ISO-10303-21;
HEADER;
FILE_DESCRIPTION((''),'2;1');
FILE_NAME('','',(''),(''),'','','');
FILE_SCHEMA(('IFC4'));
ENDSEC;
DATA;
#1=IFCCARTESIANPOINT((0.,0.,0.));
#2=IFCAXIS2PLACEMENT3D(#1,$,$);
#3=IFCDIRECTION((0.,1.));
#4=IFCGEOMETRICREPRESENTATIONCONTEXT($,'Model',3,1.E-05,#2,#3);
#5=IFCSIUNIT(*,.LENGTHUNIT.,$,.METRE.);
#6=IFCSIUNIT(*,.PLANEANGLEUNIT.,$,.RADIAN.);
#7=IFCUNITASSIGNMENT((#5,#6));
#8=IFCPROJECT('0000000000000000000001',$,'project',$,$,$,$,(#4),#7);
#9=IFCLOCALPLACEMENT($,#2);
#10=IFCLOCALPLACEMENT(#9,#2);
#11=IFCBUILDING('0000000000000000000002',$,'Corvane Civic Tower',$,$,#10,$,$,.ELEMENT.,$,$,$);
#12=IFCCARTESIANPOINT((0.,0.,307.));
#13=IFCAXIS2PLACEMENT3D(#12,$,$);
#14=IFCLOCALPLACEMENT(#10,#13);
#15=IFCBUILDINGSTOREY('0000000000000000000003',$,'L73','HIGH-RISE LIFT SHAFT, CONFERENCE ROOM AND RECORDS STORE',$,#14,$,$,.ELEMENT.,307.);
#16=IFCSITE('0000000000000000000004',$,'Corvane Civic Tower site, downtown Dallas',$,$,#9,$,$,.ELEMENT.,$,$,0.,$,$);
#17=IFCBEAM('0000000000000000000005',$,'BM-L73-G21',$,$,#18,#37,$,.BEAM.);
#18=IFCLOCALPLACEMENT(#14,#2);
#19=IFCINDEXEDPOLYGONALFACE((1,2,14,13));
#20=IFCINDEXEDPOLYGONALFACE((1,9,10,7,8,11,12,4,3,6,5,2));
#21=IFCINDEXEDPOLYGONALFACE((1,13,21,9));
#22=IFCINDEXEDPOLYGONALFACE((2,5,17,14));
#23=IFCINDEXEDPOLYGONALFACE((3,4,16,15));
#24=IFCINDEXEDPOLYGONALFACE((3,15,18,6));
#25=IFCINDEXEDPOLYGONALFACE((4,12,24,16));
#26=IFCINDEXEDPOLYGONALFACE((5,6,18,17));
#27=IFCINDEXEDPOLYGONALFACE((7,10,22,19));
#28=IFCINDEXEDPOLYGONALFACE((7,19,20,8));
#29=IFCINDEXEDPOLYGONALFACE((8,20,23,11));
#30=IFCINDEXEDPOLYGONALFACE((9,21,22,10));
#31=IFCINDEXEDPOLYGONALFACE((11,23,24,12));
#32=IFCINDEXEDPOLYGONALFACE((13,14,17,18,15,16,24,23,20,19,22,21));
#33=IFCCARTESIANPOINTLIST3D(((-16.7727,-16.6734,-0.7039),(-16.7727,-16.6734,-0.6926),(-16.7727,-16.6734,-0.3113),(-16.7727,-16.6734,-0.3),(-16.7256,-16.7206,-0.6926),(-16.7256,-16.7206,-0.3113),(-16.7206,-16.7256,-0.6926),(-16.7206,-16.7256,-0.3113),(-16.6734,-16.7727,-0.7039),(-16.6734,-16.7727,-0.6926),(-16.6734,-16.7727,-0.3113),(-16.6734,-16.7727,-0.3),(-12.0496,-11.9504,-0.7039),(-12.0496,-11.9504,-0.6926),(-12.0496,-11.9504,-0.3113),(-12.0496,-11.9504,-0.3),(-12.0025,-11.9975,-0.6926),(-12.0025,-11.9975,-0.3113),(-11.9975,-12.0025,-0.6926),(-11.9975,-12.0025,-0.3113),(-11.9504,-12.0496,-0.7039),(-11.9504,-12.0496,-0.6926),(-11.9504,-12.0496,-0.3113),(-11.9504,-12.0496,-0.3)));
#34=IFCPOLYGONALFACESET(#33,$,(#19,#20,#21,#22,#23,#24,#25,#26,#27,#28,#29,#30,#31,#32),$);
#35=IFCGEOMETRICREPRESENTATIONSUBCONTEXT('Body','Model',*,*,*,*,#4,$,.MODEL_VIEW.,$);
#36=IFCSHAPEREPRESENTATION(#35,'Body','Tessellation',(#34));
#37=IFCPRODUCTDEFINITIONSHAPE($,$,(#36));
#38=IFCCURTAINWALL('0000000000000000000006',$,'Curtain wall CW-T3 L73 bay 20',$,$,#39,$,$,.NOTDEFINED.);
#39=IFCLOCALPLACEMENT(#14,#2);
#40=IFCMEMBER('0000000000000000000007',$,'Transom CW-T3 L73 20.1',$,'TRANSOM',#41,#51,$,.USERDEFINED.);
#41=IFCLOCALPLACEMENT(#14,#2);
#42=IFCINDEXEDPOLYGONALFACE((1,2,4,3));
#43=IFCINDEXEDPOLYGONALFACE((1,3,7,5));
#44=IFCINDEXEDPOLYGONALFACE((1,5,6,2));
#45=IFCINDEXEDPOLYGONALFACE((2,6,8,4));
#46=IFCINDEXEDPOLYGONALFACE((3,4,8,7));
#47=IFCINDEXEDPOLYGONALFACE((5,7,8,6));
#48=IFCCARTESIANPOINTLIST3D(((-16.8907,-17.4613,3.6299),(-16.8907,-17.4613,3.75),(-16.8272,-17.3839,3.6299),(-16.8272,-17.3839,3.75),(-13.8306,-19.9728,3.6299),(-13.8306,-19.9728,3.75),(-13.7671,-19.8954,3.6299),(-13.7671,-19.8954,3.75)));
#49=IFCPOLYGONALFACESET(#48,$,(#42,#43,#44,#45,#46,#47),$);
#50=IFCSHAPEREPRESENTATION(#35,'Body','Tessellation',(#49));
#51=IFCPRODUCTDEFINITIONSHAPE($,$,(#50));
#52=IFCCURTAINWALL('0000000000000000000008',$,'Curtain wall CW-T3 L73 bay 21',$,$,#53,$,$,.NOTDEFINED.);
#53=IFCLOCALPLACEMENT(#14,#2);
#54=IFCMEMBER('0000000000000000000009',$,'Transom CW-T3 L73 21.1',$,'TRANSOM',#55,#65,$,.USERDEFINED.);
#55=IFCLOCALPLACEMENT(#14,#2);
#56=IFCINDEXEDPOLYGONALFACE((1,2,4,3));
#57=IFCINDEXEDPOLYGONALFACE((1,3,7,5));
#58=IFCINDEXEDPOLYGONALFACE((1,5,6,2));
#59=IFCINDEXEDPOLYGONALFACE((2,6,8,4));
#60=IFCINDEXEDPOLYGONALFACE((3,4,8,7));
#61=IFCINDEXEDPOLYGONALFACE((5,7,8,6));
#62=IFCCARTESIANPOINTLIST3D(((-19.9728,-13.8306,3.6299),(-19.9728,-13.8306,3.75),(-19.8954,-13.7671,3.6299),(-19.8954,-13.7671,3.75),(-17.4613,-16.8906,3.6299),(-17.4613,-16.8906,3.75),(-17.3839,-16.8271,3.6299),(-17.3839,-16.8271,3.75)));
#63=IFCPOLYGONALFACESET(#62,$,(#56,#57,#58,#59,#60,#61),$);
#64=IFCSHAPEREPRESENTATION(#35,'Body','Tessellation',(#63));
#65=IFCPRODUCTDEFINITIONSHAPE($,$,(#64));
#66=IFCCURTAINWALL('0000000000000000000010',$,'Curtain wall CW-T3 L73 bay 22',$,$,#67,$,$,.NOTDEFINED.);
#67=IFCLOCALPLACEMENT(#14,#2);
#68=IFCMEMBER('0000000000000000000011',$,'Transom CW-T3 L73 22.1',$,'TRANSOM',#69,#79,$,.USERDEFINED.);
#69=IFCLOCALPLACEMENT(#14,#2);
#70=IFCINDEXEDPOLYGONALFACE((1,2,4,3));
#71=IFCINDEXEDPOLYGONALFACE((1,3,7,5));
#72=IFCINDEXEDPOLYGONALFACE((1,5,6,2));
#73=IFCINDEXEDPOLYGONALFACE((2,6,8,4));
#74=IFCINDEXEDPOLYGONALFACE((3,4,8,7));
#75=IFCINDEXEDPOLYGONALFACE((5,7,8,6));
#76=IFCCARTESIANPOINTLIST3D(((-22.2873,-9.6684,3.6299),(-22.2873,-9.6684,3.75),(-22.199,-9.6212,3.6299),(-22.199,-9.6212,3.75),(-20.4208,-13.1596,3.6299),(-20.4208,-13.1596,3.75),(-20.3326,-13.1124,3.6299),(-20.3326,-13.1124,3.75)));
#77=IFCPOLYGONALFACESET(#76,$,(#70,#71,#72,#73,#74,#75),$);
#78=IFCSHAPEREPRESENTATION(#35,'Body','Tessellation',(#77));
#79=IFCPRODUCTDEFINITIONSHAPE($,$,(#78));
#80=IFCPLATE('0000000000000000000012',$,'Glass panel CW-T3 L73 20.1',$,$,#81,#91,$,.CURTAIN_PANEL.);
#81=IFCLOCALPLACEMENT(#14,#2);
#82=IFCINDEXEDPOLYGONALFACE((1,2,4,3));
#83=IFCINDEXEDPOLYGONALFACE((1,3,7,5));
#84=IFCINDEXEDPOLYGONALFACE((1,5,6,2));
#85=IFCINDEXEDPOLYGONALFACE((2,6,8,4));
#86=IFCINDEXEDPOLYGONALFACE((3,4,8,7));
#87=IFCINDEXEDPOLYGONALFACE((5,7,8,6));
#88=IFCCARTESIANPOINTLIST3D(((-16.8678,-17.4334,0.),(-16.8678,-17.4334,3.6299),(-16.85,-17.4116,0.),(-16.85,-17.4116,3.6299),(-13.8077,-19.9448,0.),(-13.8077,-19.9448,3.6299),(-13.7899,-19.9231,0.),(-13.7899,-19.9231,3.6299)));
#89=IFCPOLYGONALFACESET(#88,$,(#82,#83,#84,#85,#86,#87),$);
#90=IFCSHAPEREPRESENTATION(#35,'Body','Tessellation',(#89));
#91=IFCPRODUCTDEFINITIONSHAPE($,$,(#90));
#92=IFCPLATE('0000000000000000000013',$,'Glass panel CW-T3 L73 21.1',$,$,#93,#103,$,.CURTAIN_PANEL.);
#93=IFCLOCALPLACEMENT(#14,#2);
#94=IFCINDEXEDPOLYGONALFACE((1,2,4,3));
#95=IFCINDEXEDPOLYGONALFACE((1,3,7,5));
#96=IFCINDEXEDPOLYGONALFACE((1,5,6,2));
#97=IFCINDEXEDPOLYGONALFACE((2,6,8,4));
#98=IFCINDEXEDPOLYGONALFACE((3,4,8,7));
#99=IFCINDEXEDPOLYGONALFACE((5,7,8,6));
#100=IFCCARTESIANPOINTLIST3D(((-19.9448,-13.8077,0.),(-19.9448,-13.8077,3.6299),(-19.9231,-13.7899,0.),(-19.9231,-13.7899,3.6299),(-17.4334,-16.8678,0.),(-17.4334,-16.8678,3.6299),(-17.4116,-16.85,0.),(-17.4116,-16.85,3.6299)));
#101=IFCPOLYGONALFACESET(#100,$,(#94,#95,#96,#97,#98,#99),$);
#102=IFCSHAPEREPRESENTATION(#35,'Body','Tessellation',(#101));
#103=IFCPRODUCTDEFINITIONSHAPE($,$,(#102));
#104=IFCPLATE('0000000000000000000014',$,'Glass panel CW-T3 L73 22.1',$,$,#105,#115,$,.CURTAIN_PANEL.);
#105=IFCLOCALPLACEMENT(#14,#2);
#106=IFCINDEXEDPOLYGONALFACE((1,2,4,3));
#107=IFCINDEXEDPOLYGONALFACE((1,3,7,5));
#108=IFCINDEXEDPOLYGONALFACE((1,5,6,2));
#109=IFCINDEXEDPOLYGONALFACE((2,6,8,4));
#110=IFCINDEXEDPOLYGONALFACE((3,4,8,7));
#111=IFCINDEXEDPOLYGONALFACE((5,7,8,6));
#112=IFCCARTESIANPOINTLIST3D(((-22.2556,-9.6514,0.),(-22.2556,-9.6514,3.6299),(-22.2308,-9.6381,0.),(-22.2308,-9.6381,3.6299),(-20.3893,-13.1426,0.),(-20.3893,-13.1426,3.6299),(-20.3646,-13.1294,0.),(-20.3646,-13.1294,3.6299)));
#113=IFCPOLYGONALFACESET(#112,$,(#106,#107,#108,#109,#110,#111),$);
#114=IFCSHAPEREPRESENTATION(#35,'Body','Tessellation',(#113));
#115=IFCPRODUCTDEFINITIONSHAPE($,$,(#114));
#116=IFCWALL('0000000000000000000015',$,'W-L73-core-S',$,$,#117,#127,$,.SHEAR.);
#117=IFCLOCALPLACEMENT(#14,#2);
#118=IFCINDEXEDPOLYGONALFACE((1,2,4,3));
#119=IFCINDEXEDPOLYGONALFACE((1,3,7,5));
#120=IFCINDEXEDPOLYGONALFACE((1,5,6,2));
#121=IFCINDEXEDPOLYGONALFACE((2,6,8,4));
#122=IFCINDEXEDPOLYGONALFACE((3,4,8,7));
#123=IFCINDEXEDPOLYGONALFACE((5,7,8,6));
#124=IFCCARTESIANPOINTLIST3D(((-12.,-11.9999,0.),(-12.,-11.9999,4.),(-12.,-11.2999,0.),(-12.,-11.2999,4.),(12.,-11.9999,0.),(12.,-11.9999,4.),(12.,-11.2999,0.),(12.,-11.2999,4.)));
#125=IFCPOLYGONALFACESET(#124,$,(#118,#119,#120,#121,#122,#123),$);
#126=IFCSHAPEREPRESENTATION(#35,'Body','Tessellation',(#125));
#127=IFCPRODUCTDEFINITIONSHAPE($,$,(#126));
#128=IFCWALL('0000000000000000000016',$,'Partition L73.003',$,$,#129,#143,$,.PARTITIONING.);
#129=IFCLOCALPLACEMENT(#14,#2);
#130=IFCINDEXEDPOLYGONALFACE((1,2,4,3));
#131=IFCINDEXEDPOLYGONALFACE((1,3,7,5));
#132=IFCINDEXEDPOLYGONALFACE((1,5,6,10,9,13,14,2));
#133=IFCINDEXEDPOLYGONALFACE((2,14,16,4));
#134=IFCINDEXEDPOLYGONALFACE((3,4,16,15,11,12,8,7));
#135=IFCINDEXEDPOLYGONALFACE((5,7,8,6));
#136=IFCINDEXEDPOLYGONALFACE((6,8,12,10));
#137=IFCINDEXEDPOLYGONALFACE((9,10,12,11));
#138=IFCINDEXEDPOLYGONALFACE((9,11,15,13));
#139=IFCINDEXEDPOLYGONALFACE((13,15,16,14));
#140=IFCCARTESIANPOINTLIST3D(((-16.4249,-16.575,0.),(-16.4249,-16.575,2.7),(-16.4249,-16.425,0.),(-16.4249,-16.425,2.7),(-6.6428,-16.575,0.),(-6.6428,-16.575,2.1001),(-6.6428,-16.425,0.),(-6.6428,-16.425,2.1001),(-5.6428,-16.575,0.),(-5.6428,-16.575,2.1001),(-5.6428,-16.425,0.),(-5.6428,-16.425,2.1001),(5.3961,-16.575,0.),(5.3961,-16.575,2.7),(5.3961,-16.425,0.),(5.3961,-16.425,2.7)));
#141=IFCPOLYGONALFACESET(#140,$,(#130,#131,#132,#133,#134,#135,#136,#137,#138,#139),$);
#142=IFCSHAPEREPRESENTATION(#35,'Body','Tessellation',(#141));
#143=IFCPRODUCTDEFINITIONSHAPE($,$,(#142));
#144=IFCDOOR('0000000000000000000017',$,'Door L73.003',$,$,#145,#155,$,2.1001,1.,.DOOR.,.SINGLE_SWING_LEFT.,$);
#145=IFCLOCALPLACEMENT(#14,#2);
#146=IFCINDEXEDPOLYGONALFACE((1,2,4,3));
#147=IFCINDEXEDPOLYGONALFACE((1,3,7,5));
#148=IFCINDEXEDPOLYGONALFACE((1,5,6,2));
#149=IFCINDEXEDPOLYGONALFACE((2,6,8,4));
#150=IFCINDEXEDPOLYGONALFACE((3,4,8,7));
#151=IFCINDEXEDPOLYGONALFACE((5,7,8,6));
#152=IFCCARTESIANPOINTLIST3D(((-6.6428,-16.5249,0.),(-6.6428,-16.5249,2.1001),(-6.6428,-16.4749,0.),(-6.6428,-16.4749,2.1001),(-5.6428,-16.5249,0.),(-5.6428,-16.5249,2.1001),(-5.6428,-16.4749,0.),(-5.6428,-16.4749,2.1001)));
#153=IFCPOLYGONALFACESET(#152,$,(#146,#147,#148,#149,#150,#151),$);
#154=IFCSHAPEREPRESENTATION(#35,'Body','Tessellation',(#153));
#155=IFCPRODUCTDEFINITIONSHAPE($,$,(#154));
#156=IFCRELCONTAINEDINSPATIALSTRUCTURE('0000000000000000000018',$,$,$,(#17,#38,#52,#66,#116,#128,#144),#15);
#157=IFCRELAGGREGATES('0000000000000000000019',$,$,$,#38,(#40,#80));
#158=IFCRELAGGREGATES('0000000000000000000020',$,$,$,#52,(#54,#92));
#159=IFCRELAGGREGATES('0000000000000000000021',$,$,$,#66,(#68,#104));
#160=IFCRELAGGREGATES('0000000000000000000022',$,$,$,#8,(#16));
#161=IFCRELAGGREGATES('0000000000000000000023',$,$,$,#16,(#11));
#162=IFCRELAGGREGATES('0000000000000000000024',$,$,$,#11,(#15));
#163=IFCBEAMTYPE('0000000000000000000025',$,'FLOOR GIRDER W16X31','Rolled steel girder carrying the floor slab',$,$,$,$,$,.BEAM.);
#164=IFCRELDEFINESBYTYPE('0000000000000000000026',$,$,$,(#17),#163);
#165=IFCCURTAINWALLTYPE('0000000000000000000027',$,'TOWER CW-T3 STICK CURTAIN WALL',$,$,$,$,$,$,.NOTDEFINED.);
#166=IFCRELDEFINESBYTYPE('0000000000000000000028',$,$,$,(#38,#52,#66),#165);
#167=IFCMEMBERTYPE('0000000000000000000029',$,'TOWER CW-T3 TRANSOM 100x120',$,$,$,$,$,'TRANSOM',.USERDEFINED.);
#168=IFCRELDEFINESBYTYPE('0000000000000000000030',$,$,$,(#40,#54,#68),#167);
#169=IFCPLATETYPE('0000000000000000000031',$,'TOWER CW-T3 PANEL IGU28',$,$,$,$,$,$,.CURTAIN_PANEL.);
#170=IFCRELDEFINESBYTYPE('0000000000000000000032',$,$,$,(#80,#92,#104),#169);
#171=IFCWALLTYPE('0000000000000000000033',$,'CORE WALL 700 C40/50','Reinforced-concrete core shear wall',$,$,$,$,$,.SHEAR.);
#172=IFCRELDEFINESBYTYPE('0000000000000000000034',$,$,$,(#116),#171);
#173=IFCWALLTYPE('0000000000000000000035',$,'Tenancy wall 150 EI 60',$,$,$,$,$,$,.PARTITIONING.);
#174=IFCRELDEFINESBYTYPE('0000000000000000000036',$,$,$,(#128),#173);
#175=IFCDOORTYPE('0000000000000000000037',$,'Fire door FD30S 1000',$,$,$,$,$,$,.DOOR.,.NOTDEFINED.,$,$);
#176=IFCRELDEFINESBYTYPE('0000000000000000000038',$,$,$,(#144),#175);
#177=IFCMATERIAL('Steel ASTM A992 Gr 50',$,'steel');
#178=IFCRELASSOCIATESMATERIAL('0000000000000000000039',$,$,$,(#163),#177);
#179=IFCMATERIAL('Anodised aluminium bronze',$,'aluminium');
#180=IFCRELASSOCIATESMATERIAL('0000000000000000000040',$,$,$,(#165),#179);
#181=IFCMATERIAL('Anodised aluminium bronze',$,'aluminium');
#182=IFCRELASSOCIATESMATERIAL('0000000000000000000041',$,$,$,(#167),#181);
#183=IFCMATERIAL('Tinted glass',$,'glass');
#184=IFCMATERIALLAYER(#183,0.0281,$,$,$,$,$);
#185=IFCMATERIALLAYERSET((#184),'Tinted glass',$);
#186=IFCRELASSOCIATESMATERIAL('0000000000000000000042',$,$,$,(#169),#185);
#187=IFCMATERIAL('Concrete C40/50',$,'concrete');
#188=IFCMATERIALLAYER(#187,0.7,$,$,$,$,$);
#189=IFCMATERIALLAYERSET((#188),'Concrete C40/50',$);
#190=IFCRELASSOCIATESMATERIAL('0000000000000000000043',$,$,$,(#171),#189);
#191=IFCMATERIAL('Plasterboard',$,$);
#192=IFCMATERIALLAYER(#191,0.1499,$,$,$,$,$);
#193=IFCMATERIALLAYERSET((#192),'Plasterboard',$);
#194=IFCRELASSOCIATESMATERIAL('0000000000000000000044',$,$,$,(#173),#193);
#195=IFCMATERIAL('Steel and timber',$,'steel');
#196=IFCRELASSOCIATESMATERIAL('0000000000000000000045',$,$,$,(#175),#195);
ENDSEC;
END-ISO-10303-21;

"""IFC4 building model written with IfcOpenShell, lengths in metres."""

from ifc_helpers import new_model, si_unit, direction, frame, frame_2d, origin, origin_2d, place, context, subcontext, project, spatial, rectangle, i_section, extrude, material, layer, layer_set, material_profile, profile_set, type_object, element, fill, aggregate, save


model = new_model("IFC4")

# Units and contexts
model_context = context("Model", 3, precision=1e-05, world=origin(), true_north=direction((0.0, 1.0)))
body_context = subcontext(model_context, "Body", "Model", "MODEL_VIEW")
ifc_project = project(units=[si_unit("LENGTHUNIT", "METRE"), si_unit("PLANEANGLEUNIT", "RADIAN")], contexts=[model_context])

# Site, building, storey
site_placement = place(None, origin())
site = spatial("IfcSite", under=ifc_project, at=site_placement, Name="Corvane Civic Tower site, downtown Dallas", CompositionType="ELEMENT", RefElevation=0.0)
building_placement = place(site_placement, origin())
building = spatial("IfcBuilding", under=site, at=building_placement, Name="Corvane Civic Tower", CompositionType="ELEMENT")
storey_placement = place(building_placement, frame((0.0, 0.0, 307.0)))
storey = spatial("IfcBuildingStorey", under=building, at=storey_placement, Name="L73", Description="HIGH-RISE LIFT SHAFT, CONFERENCE ROOM AND RECORDS STORE", CompositionType="ELEMENT", Elevation=307.0)

# Beam
ifc_material_1 = material(Name="Steel ASTM A992 Gr 50", Category="steel")
ifc_material_profile_1 = material_profile(ifc_material_1, i_section(OverallWidth=0.1404, OverallDepth=0.4038, WebThickness=0.0071, FlangeThickness=0.0112, at=origin_2d()), Name="W16X31")
ifc_profile_set_1 = profile_set([ifc_material_profile_1], Name="Steel ASTM A992 Gr 50")
beam_type_1 = type_object("IfcBeamType", Name="FLOOR GIRDER W16X31", Description="Rolled steel girder carrying the floor slab", PredefinedType="BEAM", material=ifc_profile_set_1)
beam_1_placement = place(storey_placement, frame((-12.0, -12.0, -0.502), z_axis=(-0.707107, -0.707107, 0.0), x_axis=(0.707107, -0.707107, 0.0)))
element("IfcBeam", 1, at=beam_1_placement, inside=storey, type_object=beam_type_1, Name="BM-L73-G21", PredefinedType="BEAM", context=body_context, shape_type="SweptSolid", body=[
    extrude(i_section(OverallWidth=0.1404, OverallDepth=0.4038, WebThickness=0.0071, FlangeThickness=0.0112, at=origin_2d()), origin(), (0.0, 0.0, 1.0), 6.6794),
])

# Curtain walls, members
ifc_material_2 = material(Name="Anodised aluminium bronze", Category="aluminium")
curtain_wall_type = type_object("IfcCurtainWallType", Name="TOWER CW-T3 STICK CURTAIN WALL", PredefinedType="NOTDEFINED", material=ifc_material_2)
curtain_wall_1_placement = place(storey_placement, origin())
curtain_wall_1 = element("IfcCurtainWall", 2, at=curtain_wall_1_placement, inside=storey, type_object=curtain_wall_type, Name="Curtain wall CW-T3 L73 bay 20", PredefinedType="NOTDEFINED")
ifc_material_3 = material(Name="Anodised aluminium bronze", Category="aluminium")
ifc_material_profile_2 = material_profile(ifc_material_3, rectangle(XDim=0.1001, YDim=0.1201, at=origin_2d()), Name="TOWER CW-T3 TRANSOM 100x120")
ifc_profile_set_2 = profile_set([ifc_material_profile_2], Name="Anodised aluminium bronze")
member_type = type_object("IfcMemberType", Name="TOWER CW-T3 TRANSOM 100x120", ElementType="TRANSOM", PredefinedType="USERDEFINED", material=ifc_profile_set_2)
member_1_placement = place(storey_placement, frame((-13.7988, -19.9341, 3.6899), z_axis=(-0.772992, 0.634416, 0.0), x_axis=(-0.634416, -0.772992, 0.0)))
member_1 = element("IfcMember", 3, at=member_1_placement, type_object=member_type, Name="Transom CW-T3 L73 20.1", ObjectType="TRANSOM", PredefinedType="USERDEFINED", context=body_context, shape_type="SweptSolid", body=[
    extrude(rectangle(XDim=0.1001, YDim=0.1201, at=origin_2d()), origin(), (0.0, 0.0, 1.0), 3.9587),
])
curtain_wall_2_placement = place(storey_placement, origin())
curtain_wall_2 = element("IfcCurtainWall", 4, at=curtain_wall_2_placement, inside=storey, type_object=curtain_wall_type, Name="Curtain wall CW-T3 L73 bay 21", PredefinedType="NOTDEFINED")
member_2_placement = place(storey_placement, frame((-17.4226, -16.8589, 3.6899), z_axis=(-0.634416, 0.772992, 0.0), x_axis=(-0.772992, -0.634416, 0.0)))
member_2 = element("IfcMember", 5, at=member_2_placement, type_object=member_type, Name="Transom CW-T3 L73 21.1", ObjectType="TRANSOM", PredefinedType="USERDEFINED", context=body_context, shape_type="SweptSolid", body=[
    extrude(rectangle(XDim=0.1001, YDim=0.1201, at=origin_2d()), origin(), (0.0, 0.0, 1.0), 3.9587),
])
curtain_wall_3_placement = place(storey_placement, origin())
curtain_wall_3 = element("IfcCurtainWall", 6, at=curtain_wall_3_placement, inside=storey, type_object=curtain_wall_type, Name="Curtain wall CW-T3 L73 bay 22", PredefinedType="NOTDEFINED")
member_3_placement = place(storey_placement, frame((-20.3767, -13.136, 3.6899), z_axis=(-0.471468, 0.881883, 0.0), x_axis=(-0.881883, -0.471468, 0.0)))
member_3 = element("IfcMember", 7, at=member_3_placement, type_object=member_type, Name="Transom CW-T3 L73 22.1", ObjectType="TRANSOM", PredefinedType="USERDEFINED", context=body_context, shape_type="SweptSolid", body=[
    extrude(rectangle(XDim=0.1001, YDim=0.1201, at=origin_2d()), origin(), (0.0, 0.0, 1.0), 3.9587),
])

# Plates
ifc_material_4 = material(Name="Tinted glass", Category="glass")
ifc_layer_1 = layer(ifc_material_4, 0.0281)
ifc_layer_set_1 = layer_set([ifc_layer_1], Name="Tinted glass")
plate_type = type_object("IfcPlateType", Name="TOWER CW-T3 PANEL IGU28", PredefinedType="CURTAIN_PANEL", material=ifc_layer_set_1)
plate_1_placement = place(storey_placement, frame((-15.3289, -18.6782, 0.0), z_axis=(0.0, 0.0, 1.0), x_axis=(-0.773001, 0.634405, 0.0)))
plate_1 = element("IfcPlate", 8, at=plate_1_placement, type_object=plate_type, Name="Glass panel CW-T3 L73 20.1", PredefinedType="CURTAIN_PANEL", context=body_context, shape_type="SweptSolid", body=[
    extrude(rectangle(XDim=3.9587, YDim=0.0281, at=origin_2d()), origin(), (0.0, 0.0, 1.0), 3.6299),
])
aggregate(curtain_wall_1, [member_1, plate_1])
plate_2_placement = place(storey_placement, frame((-18.6782, -15.3289, 0.0), z_axis=(0.0, 0.0, 1.0), x_axis=(-0.634405, 0.773001, 0.0)))
plate_2 = element("IfcPlate", 9, at=plate_2_placement, type_object=plate_type, Name="Glass panel CW-T3 L73 21.1", PredefinedType="CURTAIN_PANEL", context=body_context, shape_type="SweptSolid", body=[
    extrude(rectangle(XDim=3.9587, YDim=0.0281, at=origin_2d()), origin(), (0.0, 0.0, 1.0), 3.6299),
])
aggregate(curtain_wall_2, [member_2, plate_2])
plate_3_placement = place(storey_placement, frame((-21.3101, -11.3904, 0.0), z_axis=(0.0, 0.0, 1.0), x_axis=(-0.471421, 0.881908, 0.0)))
plate_3 = element("IfcPlate", 10, at=plate_3_placement, type_object=plate_type, Name="Glass panel CW-T3 L73 22.1", PredefinedType="CURTAIN_PANEL", context=body_context, shape_type="SweptSolid", body=[
    extrude(rectangle(XDim=3.9587, YDim=0.0281, at=origin_2d()), origin(), (0.0, 0.0, 1.0), 3.6299),
])
aggregate(curtain_wall_3, [member_3, plate_3])

# Wall
ifc_material_5 = material(Name="Concrete C40/50", Category="concrete")
ifc_layer_2 = layer(ifc_material_5, 0.7)
ifc_layer_set_2 = layer_set([ifc_layer_2], Name="Concrete C40/50")
wall_type_1 = type_object("IfcWallType", Name="CORE WALL 700 C40/50", Description="Reinforced-concrete core shear wall", PredefinedType="SHEAR", material=ifc_layer_set_2)
wall_1_placement = place(storey_placement, frame((-12.0, -11.6499, 0.0), z_axis=(0.0, 0.0, 1.0), x_axis=(1.0, 0.0, 0.0)))
element("IfcWall", 11, at=wall_1_placement, inside=storey, type_object=wall_type_1, Name="W-L73-core-S", PredefinedType="SHEAR", context=body_context, shape_type="SweptSolid", body=[
    extrude(rectangle(XDim=24.0, YDim=0.7, at=frame_2d((12.0, 0.0))), origin(), (0.0, 0.0, 1.0), 4.0),
])

# Wall, opening, door
ifc_material_6 = material(Name="Plasterboard")
ifc_layer_3 = layer(ifc_material_6, 0.1499)
ifc_layer_set_3 = layer_set([ifc_layer_3], Name="Plasterboard")
wall_type_2 = type_object("IfcWallType", Name="Tenancy wall 150 EI 60", PredefinedType="PARTITIONING", material=ifc_layer_set_3)
wall_2_placement = place(storey_placement, frame((-16.425, -16.5, 0.0), z_axis=(0.0, 0.0, 1.0), x_axis=(1.0, 0.0, 0.0)))
wall_2 = element("IfcWall", 12, at=wall_2_placement, inside=storey, type_object=wall_type_2, Name="Partition L73.003", PredefinedType="PARTITIONING", context=body_context, shape_type="SweptSolid", body=[
    extrude(rectangle(XDim=21.821, YDim=0.1499, at=frame_2d((10.9106, 0.0))), origin(), (0.0, 0.0, 1.0), 2.7),
])
opening_1_placement = place(wall_2_placement, frame((9.7822, 0.0, 0.0)))
opening_1 = element("IfcOpeningElement", 13, at=opening_1_placement, cuts=wall_2, PredefinedType="OPENING", context=body_context, shape_type="SweptSolid", body=[
    extrude(rectangle(XDim=1.0, YDim=2.1001, at=frame_2d((0.5, 1.05))), frame((0.0, 0.085, 0.0), z_axis=(0.0, -1.0, 0.0), x_axis=(1.0, 0.0, 0.0)), (0.0, 0.0, 1.0), 0.1699),
])
ifc_material_7 = material(Name="Steel and timber", Category="steel")
door_type_1 = type_object("IfcDoorType", Name="Fire door FD30S 1000", OperationType="NOTDEFINED", PredefinedType="DOOR", material=ifc_material_7)
door_1_placement = place(opening_1_placement, frame((1.0, 0.0, 0.0), z_axis=(0.0, 0.0, 1.0), x_axis=(-1.0, 0.0, 0.0)))
door_1 = element("IfcDoor", 14, at=door_1_placement, inside=storey, type_object=door_type_1, Name="Door L73.003", OperationType="SINGLE_SWING_LEFT", OverallHeight=2.1001, OverallWidth=1.0, PredefinedType="DOOR", context=body_context, shape_type="SweptSolid", body=[
    extrude(rectangle(XDim=1.0, YDim=2.1001, at=frame_2d((0.5, 1.05))), frame((0.0, 0.0249, 0.0), z_axis=(0.0, -1.0, 0.0), x_axis=(1.0, 0.0, 0.0)), (0.0, 0.0, 1.0), 0.05),
])
fill(opening_1, door_1)

save(model, "model.ifc")
